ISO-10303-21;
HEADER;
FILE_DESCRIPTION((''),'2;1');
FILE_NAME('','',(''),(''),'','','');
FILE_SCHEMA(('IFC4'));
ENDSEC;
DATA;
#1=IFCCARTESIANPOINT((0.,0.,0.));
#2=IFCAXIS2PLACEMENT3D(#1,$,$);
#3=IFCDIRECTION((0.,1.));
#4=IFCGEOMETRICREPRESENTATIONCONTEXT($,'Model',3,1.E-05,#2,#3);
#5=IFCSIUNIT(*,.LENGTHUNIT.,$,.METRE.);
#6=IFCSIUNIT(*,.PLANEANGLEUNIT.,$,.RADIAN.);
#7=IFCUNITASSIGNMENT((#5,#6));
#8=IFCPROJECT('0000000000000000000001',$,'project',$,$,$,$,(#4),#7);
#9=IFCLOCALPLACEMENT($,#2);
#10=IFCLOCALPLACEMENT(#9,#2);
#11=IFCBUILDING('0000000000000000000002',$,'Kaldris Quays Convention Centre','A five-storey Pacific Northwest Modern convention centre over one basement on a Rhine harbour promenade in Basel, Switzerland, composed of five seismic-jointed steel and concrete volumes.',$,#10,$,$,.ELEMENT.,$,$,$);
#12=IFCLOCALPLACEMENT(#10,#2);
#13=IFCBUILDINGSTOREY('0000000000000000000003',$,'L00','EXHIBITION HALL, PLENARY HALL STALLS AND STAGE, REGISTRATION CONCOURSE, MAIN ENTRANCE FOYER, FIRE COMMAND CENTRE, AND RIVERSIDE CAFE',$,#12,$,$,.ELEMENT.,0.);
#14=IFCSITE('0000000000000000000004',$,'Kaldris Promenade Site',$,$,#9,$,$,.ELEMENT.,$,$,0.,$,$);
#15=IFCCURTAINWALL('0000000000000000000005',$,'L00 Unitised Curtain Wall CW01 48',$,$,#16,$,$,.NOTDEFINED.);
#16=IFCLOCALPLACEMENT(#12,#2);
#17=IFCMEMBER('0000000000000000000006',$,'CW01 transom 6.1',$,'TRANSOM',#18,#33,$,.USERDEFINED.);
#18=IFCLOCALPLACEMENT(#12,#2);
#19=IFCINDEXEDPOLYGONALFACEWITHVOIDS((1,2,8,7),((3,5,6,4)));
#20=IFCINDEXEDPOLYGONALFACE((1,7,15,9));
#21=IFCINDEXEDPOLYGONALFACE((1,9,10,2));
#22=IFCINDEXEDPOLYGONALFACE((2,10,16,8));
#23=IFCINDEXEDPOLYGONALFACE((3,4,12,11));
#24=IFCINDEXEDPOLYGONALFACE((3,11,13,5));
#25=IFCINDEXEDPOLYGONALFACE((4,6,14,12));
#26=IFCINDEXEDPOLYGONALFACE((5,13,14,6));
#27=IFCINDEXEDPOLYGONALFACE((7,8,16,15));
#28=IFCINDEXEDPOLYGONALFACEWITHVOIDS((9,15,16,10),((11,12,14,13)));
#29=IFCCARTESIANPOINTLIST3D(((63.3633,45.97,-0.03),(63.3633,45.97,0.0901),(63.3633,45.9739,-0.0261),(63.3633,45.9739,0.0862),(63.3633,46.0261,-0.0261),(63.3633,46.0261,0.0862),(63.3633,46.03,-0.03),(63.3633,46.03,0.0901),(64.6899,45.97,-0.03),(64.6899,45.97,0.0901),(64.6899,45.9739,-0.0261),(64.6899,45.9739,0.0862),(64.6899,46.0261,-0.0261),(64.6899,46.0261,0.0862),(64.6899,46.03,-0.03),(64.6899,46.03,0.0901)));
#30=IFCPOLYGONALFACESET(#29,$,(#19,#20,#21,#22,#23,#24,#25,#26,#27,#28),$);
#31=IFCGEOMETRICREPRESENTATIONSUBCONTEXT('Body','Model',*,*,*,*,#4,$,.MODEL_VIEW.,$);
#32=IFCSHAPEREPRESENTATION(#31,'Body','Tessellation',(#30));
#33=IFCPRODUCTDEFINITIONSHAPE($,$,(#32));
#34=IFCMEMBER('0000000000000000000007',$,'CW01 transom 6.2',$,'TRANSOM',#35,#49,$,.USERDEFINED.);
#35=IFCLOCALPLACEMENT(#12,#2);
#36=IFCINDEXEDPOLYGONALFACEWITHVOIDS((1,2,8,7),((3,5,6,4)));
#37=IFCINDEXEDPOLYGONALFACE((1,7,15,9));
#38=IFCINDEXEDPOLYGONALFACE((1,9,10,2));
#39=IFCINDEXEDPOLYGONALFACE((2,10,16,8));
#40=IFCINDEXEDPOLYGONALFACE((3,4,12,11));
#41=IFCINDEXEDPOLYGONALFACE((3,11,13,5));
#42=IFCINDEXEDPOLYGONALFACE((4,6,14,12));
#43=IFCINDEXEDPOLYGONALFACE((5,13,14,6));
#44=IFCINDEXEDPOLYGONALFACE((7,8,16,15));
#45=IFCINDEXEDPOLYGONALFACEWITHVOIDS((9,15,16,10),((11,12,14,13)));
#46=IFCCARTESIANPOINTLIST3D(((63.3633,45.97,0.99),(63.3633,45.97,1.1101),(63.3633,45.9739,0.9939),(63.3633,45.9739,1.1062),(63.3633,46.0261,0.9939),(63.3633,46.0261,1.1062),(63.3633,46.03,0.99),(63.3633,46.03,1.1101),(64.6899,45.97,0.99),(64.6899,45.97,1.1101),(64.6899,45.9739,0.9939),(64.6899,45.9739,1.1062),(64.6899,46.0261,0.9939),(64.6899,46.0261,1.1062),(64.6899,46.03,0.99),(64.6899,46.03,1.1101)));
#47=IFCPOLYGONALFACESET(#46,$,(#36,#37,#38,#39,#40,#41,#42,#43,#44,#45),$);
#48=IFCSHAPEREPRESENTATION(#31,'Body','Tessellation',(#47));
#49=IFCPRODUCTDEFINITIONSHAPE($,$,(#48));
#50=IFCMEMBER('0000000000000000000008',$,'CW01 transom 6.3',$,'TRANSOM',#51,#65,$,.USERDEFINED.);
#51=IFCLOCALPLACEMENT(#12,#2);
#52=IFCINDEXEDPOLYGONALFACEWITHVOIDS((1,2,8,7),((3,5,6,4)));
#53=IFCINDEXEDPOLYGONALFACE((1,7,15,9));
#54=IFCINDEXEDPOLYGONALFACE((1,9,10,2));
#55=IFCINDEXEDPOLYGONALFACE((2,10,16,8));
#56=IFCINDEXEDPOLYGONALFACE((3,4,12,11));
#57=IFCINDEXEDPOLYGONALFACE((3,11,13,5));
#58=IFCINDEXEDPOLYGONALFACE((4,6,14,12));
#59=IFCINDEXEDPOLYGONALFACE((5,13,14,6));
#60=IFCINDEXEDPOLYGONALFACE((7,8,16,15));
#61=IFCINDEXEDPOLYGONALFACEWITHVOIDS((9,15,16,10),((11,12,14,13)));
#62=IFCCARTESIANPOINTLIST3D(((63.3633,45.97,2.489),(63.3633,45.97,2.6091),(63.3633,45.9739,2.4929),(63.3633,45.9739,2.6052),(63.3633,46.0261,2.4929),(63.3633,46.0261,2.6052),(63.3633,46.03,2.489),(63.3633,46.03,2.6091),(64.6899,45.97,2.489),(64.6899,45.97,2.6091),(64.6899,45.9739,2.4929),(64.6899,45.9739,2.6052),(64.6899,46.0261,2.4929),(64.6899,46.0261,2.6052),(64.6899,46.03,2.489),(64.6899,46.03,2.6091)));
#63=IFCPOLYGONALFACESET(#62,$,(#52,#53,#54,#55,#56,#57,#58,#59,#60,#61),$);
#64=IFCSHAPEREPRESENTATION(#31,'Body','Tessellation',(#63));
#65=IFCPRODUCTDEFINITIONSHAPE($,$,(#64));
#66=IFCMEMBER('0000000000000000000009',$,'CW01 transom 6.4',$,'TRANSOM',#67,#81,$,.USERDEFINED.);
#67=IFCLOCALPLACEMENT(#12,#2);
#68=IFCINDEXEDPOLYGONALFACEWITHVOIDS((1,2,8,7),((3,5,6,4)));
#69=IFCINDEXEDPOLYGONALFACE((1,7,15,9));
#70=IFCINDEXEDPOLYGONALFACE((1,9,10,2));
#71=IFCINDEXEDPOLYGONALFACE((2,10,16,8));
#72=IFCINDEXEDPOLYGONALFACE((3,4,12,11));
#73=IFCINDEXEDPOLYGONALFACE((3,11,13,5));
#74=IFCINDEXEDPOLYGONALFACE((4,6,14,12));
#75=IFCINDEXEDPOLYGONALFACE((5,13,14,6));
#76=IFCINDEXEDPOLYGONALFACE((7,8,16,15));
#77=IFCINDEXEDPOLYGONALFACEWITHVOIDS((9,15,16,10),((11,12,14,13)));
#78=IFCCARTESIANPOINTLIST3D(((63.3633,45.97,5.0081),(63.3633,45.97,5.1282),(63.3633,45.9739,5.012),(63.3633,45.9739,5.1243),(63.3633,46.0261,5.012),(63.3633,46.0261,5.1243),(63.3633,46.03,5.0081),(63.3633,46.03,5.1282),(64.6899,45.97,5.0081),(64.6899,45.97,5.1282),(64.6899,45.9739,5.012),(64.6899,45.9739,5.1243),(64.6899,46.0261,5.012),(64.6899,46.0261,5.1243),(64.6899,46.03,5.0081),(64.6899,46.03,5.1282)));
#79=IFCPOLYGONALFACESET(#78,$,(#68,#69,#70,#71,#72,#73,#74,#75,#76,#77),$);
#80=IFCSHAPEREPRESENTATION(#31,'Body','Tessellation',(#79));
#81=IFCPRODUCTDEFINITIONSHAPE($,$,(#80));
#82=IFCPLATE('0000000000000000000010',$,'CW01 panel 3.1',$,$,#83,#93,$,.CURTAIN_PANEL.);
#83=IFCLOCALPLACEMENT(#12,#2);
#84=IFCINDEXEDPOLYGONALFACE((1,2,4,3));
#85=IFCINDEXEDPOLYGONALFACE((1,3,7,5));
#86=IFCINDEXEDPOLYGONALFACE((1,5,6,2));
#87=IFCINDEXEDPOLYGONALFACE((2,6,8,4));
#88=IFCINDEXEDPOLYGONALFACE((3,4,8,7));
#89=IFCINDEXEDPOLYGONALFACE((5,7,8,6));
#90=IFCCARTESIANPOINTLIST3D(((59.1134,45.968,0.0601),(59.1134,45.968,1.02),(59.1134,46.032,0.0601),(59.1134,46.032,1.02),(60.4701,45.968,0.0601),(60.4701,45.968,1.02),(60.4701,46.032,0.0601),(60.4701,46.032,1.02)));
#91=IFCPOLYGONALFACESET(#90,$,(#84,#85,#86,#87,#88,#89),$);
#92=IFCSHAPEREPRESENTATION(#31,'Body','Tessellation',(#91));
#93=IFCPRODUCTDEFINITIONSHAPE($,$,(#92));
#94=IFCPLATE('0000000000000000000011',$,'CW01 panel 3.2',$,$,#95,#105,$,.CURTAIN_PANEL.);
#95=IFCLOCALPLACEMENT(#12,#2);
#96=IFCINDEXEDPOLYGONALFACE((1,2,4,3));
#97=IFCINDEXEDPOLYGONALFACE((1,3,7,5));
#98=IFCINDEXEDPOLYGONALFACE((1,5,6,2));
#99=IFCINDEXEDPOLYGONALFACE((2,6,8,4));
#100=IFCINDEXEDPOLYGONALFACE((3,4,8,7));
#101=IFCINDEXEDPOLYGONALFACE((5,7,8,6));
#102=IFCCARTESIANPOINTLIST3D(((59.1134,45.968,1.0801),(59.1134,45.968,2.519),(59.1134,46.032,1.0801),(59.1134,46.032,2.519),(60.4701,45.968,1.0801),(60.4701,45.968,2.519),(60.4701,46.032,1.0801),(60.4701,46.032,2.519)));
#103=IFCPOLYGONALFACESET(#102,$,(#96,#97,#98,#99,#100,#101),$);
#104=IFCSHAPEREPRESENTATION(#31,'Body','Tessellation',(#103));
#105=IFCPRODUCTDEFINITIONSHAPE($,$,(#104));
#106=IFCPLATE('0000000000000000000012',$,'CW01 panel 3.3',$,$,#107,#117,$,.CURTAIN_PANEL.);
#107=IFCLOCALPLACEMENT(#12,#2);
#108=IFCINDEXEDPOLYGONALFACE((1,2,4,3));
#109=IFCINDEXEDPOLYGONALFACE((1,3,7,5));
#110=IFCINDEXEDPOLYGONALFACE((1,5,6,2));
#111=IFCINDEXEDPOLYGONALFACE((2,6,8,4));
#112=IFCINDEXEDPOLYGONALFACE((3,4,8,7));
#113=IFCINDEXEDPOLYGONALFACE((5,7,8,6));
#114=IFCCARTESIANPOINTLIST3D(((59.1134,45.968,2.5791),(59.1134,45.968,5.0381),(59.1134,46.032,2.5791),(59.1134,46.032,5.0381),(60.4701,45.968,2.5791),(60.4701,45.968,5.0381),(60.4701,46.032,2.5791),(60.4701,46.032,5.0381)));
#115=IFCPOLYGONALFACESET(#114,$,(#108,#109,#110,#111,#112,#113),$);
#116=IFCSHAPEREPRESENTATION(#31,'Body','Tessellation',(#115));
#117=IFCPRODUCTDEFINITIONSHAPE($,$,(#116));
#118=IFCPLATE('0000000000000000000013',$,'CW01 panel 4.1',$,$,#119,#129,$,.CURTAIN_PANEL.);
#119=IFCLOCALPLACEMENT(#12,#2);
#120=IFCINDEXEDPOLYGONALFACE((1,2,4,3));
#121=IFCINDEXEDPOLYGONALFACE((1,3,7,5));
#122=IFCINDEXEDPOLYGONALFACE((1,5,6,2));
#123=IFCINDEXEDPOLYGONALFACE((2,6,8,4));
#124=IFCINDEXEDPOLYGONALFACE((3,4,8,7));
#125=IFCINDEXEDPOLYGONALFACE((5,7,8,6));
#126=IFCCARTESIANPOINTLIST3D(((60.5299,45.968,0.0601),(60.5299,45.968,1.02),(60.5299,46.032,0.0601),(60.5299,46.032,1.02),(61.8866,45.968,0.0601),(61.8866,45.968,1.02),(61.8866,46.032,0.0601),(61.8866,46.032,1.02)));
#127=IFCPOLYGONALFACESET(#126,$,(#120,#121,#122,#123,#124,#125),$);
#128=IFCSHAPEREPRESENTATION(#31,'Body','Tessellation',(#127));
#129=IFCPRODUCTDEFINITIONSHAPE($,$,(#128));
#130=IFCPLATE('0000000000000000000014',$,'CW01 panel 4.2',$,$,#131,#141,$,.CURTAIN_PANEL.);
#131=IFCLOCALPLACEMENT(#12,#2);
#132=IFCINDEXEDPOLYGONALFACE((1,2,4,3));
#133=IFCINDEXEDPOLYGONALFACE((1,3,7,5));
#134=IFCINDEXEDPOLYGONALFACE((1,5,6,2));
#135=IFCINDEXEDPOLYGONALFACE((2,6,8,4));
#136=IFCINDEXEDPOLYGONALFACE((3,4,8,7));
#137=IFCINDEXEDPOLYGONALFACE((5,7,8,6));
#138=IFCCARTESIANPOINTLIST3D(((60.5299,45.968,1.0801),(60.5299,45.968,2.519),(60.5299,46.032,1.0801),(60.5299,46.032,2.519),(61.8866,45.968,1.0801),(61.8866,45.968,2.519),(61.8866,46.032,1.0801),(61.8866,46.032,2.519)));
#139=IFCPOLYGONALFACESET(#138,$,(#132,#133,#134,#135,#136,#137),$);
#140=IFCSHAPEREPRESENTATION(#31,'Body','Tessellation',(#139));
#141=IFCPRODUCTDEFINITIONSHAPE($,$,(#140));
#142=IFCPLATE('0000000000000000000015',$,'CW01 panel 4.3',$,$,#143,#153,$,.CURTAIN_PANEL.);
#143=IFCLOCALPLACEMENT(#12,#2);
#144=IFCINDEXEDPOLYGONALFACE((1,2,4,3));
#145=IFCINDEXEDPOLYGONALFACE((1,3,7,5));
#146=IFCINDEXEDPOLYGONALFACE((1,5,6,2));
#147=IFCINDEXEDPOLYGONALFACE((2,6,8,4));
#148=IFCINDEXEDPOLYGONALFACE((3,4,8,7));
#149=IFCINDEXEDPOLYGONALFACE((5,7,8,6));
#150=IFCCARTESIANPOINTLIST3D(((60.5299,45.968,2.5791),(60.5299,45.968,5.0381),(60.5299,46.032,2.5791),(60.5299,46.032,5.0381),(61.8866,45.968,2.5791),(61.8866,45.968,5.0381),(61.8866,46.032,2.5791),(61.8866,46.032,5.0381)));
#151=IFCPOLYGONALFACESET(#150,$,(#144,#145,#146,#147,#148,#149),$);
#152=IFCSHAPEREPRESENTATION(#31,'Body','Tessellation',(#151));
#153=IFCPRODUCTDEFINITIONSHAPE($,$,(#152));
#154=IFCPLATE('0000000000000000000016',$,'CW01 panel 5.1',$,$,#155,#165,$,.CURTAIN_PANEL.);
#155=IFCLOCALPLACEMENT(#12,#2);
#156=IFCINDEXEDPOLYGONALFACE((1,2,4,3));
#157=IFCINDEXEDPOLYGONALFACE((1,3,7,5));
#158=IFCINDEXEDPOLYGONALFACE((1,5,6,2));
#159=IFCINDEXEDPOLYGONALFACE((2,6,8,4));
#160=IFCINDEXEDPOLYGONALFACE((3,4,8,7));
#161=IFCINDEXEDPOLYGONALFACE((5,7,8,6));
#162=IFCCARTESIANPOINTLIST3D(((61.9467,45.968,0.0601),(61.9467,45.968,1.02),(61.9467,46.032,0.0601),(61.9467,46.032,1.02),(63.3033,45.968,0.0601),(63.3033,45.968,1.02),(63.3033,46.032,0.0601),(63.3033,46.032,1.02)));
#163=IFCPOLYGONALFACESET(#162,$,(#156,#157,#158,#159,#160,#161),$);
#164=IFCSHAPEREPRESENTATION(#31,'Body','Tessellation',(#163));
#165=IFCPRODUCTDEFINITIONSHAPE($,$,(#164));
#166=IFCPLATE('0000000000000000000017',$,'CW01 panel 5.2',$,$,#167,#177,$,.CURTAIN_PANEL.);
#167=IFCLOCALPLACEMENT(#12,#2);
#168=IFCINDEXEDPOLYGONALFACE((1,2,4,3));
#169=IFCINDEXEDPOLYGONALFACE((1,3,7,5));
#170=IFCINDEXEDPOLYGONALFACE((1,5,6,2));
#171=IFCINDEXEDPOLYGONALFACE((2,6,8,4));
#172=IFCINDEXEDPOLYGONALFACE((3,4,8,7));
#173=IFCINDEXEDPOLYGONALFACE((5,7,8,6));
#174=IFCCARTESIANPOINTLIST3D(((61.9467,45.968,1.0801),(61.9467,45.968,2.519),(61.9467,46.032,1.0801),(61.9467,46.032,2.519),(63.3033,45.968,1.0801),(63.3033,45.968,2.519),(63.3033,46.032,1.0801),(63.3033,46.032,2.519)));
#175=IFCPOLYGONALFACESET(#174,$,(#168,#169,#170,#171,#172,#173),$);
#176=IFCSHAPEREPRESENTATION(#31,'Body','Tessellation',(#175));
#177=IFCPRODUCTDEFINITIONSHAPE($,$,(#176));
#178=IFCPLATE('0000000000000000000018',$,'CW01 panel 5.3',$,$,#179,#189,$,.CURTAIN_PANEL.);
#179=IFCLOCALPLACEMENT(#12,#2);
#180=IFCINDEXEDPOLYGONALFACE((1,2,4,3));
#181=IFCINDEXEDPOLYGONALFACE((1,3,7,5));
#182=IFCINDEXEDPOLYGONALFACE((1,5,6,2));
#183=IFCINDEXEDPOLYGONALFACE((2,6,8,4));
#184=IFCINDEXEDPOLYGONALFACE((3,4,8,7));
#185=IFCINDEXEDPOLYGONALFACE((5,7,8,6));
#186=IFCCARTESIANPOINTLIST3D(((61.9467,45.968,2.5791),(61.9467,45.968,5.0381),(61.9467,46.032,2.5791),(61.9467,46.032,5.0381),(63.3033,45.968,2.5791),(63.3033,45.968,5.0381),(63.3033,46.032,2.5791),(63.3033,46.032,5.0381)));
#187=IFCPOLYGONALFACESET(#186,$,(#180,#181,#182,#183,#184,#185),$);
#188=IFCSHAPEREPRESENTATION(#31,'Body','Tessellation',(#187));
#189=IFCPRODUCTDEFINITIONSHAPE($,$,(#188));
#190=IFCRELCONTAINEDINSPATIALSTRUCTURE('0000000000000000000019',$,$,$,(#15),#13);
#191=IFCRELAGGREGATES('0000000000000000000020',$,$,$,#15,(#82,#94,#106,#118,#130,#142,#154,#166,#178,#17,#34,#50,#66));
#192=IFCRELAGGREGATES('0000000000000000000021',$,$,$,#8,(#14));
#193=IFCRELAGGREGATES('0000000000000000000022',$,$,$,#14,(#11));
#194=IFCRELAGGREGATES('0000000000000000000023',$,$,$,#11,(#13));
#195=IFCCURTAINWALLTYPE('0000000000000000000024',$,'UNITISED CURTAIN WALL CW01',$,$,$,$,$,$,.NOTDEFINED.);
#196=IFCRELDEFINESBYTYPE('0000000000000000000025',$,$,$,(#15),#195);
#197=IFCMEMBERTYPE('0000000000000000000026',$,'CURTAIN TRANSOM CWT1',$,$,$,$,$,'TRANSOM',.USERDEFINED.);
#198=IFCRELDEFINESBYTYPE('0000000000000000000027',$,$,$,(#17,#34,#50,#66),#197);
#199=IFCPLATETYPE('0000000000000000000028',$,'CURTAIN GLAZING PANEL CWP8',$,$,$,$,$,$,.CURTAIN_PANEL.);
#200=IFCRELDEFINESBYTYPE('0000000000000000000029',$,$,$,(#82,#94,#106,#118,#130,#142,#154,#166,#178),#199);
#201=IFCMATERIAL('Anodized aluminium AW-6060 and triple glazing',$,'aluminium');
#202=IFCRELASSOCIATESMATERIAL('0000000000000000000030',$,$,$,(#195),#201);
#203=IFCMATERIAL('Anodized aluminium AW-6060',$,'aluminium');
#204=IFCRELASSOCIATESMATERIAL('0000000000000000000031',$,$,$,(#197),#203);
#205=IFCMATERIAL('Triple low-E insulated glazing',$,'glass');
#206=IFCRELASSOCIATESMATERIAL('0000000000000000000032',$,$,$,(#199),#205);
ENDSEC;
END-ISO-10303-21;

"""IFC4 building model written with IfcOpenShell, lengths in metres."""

from ifc_helpers import new_model, si_unit, direction, frame, origin, origin_2d, place, context, subcontext, project, spatial, rectangle, hollow_rectangle, extrude, material, material_profile, profile_set, type_object, element, aggregate, save


model = new_model("IFC4")

# Units and contexts
model_context = context("Model", 3, precision=1e-05, world=origin(), true_north=direction((0.0, 1.0)))
body_context = subcontext(model_context, "Body", "Model", "MODEL_VIEW")
ifc_project = project(units=[si_unit("LENGTHUNIT", "METRE"), si_unit("PLANEANGLEUNIT", "RADIAN")], contexts=[model_context])

# Site, building, storey
site_placement = place(None, origin())
site = spatial("IfcSite", under=ifc_project, at=site_placement, Name="Kaldris Promenade Site", CompositionType="ELEMENT", RefElevation=0.0)
building_placement = place(site_placement, origin())
building = spatial("IfcBuilding", under=site, at=building_placement, Name="Kaldris Quays Convention Centre", Description="A five-storey Pacific Northwest Modern convention centre over one basement on a Rhine harbour promenade in Basel, Switzerland, composed of five seismic-jointed steel and concrete volumes.", CompositionType="ELEMENT")
storey_placement = place(building_placement, origin())
storey = spatial("IfcBuildingStorey", under=building, at=storey_placement, Name="L00", Description="EXHIBITION HALL, PLENARY HALL STALLS AND STAGE, REGISTRATION CONCOURSE, MAIN ENTRANCE FOYER, FIRE COMMAND CENTRE, AND RIVERSIDE CAFE", CompositionType="ELEMENT", Elevation=0.0)

# Curtain wall, members, plates
ifc_material_1 = material(Name="Anodized aluminium AW-6060 and triple glazing", Category="aluminium")
curtain_wall_type = type_object("IfcCurtainWallType", Name="UNITISED CURTAIN WALL CW01", PredefinedType="NOTDEFINED", material=ifc_material_1)
curtain_wall_placement = place(storey_placement, origin())
curtain_wall = element("IfcCurtainWall", 1, at=curtain_wall_placement, inside=storey, type_object=curtain_wall_type, Name="L00 Unitised Curtain Wall CW01 48", PredefinedType="NOTDEFINED")
ifc_material_2 = material(Name="Anodized aluminium AW-6060", Category="aluminium")
ifc_material_profile_1 = material_profile(ifc_material_2, hollow_rectangle(XDim=0.0601, YDim=0.1201, WallThickness=0.0039, at=origin_2d()), Name="RHS 120x60x4")
ifc_profile_set_1 = profile_set([ifc_material_profile_1], Name="Anodized aluminium AW-6060")
member_type_1 = type_object("IfcMemberType", Name="CURTAIN TRANSOM CWT1", ElementType="TRANSOM", PredefinedType="USERDEFINED", material=ifc_profile_set_1)
member_1_placement = place(storey_placement, frame((63.3633, 46.0, 0.03), z_axis=(1.0, 0.0, 0.0), x_axis=(0.0, 1.0, 0.0)))
member_1 = element("IfcMember", 2, at=member_1_placement, type_object=member_type_1, Name="CW01 transom 6.1", ObjectType="TRANSOM", PredefinedType="USERDEFINED", context=body_context, shape_type="SweptSolid", body=[
    extrude(hollow_rectangle(XDim=0.0601, YDim=0.1201, WallThickness=0.0039, at=origin_2d()), origin(), (0.0, 0.0, 1.0), 1.3267),
])
member_2_placement = place(storey_placement, frame((63.3633, 46.0, 1.05), z_axis=(1.0, 0.0, 0.0), x_axis=(0.0, 1.0, 0.0)))
member_2 = element("IfcMember", 3, at=member_2_placement, type_object=member_type_1, Name="CW01 transom 6.2", ObjectType="TRANSOM", PredefinedType="USERDEFINED", context=body_context, shape_type="SweptSolid", body=[
    extrude(hollow_rectangle(XDim=0.0601, YDim=0.1201, WallThickness=0.0039, at=origin_2d()), origin(), (0.0, 0.0, 1.0), 1.3267),
])
member_3_placement = place(storey_placement, frame((63.3633, 46.0, 2.5491), z_axis=(1.0, 0.0, 0.0), x_axis=(0.0, 1.0, 0.0)))
member_3 = element("IfcMember", 4, at=member_3_placement, type_object=member_type_1, Name="CW01 transom 6.3", ObjectType="TRANSOM", PredefinedType="USERDEFINED", context=body_context, shape_type="SweptSolid", body=[
    extrude(hollow_rectangle(XDim=0.0601, YDim=0.1201, WallThickness=0.0039, at=origin_2d()), origin(), (0.0, 0.0, 1.0), 1.3267),
])
member_4_placement = place(storey_placement, frame((63.3633, 46.0, 5.0681), z_axis=(1.0, 0.0, 0.0), x_axis=(0.0, 1.0, 0.0)))
member_4 = element("IfcMember", 5, at=member_4_placement, type_object=member_type_1, Name="CW01 transom 6.4", ObjectType="TRANSOM", PredefinedType="USERDEFINED", context=body_context, shape_type="SweptSolid", body=[
    extrude(hollow_rectangle(XDim=0.0601, YDim=0.1201, WallThickness=0.0039, at=origin_2d()), origin(), (0.0, 0.0, 1.0), 1.3267),
])
ifc_material_3 = material(Name="Triple low-E insulated glazing", Category="glass")
plate_type = type_object("IfcPlateType", Name="CURTAIN GLAZING PANEL CWP8", PredefinedType="CURTAIN_PANEL", material=ifc_material_3)
plate_1_placement = place(storey_placement, frame((59.7917, 46.0, 0.0601), z_axis=(0.0, 0.0, 1.0), x_axis=(1.0, 0.0, 0.0)))
plate_1 = element("IfcPlate", 6, at=plate_1_placement, type_object=plate_type, Name="CW01 panel 3.1", PredefinedType="CURTAIN_PANEL", context=body_context, shape_type="SweptSolid", body=[
    extrude(rectangle(XDim=1.3567, YDim=0.064, at=origin_2d()), origin(), (0.0, 0.0, 1.0), 0.96),
])
plate_2_placement = place(storey_placement, frame((59.7917, 46.0, 1.0801), z_axis=(0.0, 0.0, 1.0), x_axis=(1.0, 0.0, 0.0)))
plate_2 = element("IfcPlate", 7, at=plate_2_placement, type_object=plate_type, Name="CW01 panel 3.2", PredefinedType="CURTAIN_PANEL", context=body_context, shape_type="SweptSolid", body=[
    extrude(rectangle(XDim=1.3567, YDim=0.064, at=origin_2d()), origin(), (0.0, 0.0, 1.0), 1.439),
])
plate_3_placement = place(storey_placement, frame((59.7917, 46.0, 2.5791), z_axis=(0.0, 0.0, 1.0), x_axis=(1.0, 0.0, 0.0)))
plate_3 = element("IfcPlate", 8, at=plate_3_placement, type_object=plate_type, Name="CW01 panel 3.3", PredefinedType="CURTAIN_PANEL", context=body_context, shape_type="SweptSolid", body=[
    extrude(rectangle(XDim=1.3567, YDim=0.064, at=origin_2d()), origin(), (0.0, 0.0, 1.0), 2.459),
])
plate_4_placement = place(storey_placement, frame((61.2083, 46.0, 0.0601), z_axis=(0.0, 0.0, 1.0), x_axis=(1.0, 0.0, 0.0)))
plate_4 = element("IfcPlate", 9, at=plate_4_placement, type_object=plate_type, Name="CW01 panel 4.1", PredefinedType="CURTAIN_PANEL", context=body_context, shape_type="SweptSolid", body=[
    extrude(rectangle(XDim=1.3567, YDim=0.064, at=origin_2d()), origin(), (0.0, 0.0, 1.0), 0.96),
])
plate_5_placement = place(storey_placement, frame((61.2083, 46.0, 1.0801), z_axis=(0.0, 0.0, 1.0), x_axis=(1.0, 0.0, 0.0)))
plate_5 = element("IfcPlate", 10, at=plate_5_placement, type_object=plate_type, Name="CW01 panel 4.2", PredefinedType="CURTAIN_PANEL", context=body_context, shape_type="SweptSolid", body=[
    extrude(rectangle(XDim=1.3567, YDim=0.064, at=origin_2d()), origin(), (0.0, 0.0, 1.0), 1.439),
])
plate_6_placement = place(storey_placement, frame((61.2083, 46.0, 2.5791), z_axis=(0.0, 0.0, 1.0), x_axis=(1.0, 0.0, 0.0)))
plate_6 = element("IfcPlate", 11, at=plate_6_placement, type_object=plate_type, Name="CW01 panel 4.3", PredefinedType="CURTAIN_PANEL", context=body_context, shape_type="SweptSolid", body=[
    extrude(rectangle(XDim=1.3567, YDim=0.064, at=origin_2d()), origin(), (0.0, 0.0, 1.0), 2.459),
])
plate_7_placement = place(storey_placement, frame((62.625, 46.0, 0.0601), z_axis=(0.0, 0.0, 1.0), x_axis=(1.0, 0.0, 0.0)))
plate_7 = element("IfcPlate", 12, at=plate_7_placement, type_object=plate_type, Name="CW01 panel 5.1", PredefinedType="CURTAIN_PANEL", context=body_context, shape_type="SweptSolid", body=[
    extrude(rectangle(XDim=1.3567, YDim=0.064, at=origin_2d()), origin(), (0.0, 0.0, 1.0), 0.96),
])
plate_8_placement = place(storey_placement, frame((62.625, 46.0, 1.0801), z_axis=(0.0, 0.0, 1.0), x_axis=(1.0, 0.0, 0.0)))
plate_8 = element("IfcPlate", 13, at=plate_8_placement, type_object=plate_type, Name="CW01 panel 5.2", PredefinedType="CURTAIN_PANEL", context=body_context, shape_type="SweptSolid", body=[
    extrude(rectangle(XDim=1.3567, YDim=0.064, at=origin_2d()), origin(), (0.0, 0.0, 1.0), 1.439),
])
plate_9_placement = place(storey_placement, frame((62.625, 46.0, 2.5791), z_axis=(0.0, 0.0, 1.0), x_axis=(1.0, 0.0, 0.0)))
plate_9 = element("IfcPlate", 14, at=plate_9_placement, type_object=plate_type, Name="CW01 panel 5.3", PredefinedType="CURTAIN_PANEL", context=body_context, shape_type="SweptSolid", body=[
    extrude(rectangle(XDim=1.3567, YDim=0.064, at=origin_2d()), origin(), (0.0, 0.0, 1.0), 2.459),
])
aggregate(curtain_wall, [plate_1, plate_2, plate_3, plate_4, plate_5, plate_6, plate_7, plate_8, plate_9, member_1, member_2, member_3, member_4])

save(model, "model.ifc")
